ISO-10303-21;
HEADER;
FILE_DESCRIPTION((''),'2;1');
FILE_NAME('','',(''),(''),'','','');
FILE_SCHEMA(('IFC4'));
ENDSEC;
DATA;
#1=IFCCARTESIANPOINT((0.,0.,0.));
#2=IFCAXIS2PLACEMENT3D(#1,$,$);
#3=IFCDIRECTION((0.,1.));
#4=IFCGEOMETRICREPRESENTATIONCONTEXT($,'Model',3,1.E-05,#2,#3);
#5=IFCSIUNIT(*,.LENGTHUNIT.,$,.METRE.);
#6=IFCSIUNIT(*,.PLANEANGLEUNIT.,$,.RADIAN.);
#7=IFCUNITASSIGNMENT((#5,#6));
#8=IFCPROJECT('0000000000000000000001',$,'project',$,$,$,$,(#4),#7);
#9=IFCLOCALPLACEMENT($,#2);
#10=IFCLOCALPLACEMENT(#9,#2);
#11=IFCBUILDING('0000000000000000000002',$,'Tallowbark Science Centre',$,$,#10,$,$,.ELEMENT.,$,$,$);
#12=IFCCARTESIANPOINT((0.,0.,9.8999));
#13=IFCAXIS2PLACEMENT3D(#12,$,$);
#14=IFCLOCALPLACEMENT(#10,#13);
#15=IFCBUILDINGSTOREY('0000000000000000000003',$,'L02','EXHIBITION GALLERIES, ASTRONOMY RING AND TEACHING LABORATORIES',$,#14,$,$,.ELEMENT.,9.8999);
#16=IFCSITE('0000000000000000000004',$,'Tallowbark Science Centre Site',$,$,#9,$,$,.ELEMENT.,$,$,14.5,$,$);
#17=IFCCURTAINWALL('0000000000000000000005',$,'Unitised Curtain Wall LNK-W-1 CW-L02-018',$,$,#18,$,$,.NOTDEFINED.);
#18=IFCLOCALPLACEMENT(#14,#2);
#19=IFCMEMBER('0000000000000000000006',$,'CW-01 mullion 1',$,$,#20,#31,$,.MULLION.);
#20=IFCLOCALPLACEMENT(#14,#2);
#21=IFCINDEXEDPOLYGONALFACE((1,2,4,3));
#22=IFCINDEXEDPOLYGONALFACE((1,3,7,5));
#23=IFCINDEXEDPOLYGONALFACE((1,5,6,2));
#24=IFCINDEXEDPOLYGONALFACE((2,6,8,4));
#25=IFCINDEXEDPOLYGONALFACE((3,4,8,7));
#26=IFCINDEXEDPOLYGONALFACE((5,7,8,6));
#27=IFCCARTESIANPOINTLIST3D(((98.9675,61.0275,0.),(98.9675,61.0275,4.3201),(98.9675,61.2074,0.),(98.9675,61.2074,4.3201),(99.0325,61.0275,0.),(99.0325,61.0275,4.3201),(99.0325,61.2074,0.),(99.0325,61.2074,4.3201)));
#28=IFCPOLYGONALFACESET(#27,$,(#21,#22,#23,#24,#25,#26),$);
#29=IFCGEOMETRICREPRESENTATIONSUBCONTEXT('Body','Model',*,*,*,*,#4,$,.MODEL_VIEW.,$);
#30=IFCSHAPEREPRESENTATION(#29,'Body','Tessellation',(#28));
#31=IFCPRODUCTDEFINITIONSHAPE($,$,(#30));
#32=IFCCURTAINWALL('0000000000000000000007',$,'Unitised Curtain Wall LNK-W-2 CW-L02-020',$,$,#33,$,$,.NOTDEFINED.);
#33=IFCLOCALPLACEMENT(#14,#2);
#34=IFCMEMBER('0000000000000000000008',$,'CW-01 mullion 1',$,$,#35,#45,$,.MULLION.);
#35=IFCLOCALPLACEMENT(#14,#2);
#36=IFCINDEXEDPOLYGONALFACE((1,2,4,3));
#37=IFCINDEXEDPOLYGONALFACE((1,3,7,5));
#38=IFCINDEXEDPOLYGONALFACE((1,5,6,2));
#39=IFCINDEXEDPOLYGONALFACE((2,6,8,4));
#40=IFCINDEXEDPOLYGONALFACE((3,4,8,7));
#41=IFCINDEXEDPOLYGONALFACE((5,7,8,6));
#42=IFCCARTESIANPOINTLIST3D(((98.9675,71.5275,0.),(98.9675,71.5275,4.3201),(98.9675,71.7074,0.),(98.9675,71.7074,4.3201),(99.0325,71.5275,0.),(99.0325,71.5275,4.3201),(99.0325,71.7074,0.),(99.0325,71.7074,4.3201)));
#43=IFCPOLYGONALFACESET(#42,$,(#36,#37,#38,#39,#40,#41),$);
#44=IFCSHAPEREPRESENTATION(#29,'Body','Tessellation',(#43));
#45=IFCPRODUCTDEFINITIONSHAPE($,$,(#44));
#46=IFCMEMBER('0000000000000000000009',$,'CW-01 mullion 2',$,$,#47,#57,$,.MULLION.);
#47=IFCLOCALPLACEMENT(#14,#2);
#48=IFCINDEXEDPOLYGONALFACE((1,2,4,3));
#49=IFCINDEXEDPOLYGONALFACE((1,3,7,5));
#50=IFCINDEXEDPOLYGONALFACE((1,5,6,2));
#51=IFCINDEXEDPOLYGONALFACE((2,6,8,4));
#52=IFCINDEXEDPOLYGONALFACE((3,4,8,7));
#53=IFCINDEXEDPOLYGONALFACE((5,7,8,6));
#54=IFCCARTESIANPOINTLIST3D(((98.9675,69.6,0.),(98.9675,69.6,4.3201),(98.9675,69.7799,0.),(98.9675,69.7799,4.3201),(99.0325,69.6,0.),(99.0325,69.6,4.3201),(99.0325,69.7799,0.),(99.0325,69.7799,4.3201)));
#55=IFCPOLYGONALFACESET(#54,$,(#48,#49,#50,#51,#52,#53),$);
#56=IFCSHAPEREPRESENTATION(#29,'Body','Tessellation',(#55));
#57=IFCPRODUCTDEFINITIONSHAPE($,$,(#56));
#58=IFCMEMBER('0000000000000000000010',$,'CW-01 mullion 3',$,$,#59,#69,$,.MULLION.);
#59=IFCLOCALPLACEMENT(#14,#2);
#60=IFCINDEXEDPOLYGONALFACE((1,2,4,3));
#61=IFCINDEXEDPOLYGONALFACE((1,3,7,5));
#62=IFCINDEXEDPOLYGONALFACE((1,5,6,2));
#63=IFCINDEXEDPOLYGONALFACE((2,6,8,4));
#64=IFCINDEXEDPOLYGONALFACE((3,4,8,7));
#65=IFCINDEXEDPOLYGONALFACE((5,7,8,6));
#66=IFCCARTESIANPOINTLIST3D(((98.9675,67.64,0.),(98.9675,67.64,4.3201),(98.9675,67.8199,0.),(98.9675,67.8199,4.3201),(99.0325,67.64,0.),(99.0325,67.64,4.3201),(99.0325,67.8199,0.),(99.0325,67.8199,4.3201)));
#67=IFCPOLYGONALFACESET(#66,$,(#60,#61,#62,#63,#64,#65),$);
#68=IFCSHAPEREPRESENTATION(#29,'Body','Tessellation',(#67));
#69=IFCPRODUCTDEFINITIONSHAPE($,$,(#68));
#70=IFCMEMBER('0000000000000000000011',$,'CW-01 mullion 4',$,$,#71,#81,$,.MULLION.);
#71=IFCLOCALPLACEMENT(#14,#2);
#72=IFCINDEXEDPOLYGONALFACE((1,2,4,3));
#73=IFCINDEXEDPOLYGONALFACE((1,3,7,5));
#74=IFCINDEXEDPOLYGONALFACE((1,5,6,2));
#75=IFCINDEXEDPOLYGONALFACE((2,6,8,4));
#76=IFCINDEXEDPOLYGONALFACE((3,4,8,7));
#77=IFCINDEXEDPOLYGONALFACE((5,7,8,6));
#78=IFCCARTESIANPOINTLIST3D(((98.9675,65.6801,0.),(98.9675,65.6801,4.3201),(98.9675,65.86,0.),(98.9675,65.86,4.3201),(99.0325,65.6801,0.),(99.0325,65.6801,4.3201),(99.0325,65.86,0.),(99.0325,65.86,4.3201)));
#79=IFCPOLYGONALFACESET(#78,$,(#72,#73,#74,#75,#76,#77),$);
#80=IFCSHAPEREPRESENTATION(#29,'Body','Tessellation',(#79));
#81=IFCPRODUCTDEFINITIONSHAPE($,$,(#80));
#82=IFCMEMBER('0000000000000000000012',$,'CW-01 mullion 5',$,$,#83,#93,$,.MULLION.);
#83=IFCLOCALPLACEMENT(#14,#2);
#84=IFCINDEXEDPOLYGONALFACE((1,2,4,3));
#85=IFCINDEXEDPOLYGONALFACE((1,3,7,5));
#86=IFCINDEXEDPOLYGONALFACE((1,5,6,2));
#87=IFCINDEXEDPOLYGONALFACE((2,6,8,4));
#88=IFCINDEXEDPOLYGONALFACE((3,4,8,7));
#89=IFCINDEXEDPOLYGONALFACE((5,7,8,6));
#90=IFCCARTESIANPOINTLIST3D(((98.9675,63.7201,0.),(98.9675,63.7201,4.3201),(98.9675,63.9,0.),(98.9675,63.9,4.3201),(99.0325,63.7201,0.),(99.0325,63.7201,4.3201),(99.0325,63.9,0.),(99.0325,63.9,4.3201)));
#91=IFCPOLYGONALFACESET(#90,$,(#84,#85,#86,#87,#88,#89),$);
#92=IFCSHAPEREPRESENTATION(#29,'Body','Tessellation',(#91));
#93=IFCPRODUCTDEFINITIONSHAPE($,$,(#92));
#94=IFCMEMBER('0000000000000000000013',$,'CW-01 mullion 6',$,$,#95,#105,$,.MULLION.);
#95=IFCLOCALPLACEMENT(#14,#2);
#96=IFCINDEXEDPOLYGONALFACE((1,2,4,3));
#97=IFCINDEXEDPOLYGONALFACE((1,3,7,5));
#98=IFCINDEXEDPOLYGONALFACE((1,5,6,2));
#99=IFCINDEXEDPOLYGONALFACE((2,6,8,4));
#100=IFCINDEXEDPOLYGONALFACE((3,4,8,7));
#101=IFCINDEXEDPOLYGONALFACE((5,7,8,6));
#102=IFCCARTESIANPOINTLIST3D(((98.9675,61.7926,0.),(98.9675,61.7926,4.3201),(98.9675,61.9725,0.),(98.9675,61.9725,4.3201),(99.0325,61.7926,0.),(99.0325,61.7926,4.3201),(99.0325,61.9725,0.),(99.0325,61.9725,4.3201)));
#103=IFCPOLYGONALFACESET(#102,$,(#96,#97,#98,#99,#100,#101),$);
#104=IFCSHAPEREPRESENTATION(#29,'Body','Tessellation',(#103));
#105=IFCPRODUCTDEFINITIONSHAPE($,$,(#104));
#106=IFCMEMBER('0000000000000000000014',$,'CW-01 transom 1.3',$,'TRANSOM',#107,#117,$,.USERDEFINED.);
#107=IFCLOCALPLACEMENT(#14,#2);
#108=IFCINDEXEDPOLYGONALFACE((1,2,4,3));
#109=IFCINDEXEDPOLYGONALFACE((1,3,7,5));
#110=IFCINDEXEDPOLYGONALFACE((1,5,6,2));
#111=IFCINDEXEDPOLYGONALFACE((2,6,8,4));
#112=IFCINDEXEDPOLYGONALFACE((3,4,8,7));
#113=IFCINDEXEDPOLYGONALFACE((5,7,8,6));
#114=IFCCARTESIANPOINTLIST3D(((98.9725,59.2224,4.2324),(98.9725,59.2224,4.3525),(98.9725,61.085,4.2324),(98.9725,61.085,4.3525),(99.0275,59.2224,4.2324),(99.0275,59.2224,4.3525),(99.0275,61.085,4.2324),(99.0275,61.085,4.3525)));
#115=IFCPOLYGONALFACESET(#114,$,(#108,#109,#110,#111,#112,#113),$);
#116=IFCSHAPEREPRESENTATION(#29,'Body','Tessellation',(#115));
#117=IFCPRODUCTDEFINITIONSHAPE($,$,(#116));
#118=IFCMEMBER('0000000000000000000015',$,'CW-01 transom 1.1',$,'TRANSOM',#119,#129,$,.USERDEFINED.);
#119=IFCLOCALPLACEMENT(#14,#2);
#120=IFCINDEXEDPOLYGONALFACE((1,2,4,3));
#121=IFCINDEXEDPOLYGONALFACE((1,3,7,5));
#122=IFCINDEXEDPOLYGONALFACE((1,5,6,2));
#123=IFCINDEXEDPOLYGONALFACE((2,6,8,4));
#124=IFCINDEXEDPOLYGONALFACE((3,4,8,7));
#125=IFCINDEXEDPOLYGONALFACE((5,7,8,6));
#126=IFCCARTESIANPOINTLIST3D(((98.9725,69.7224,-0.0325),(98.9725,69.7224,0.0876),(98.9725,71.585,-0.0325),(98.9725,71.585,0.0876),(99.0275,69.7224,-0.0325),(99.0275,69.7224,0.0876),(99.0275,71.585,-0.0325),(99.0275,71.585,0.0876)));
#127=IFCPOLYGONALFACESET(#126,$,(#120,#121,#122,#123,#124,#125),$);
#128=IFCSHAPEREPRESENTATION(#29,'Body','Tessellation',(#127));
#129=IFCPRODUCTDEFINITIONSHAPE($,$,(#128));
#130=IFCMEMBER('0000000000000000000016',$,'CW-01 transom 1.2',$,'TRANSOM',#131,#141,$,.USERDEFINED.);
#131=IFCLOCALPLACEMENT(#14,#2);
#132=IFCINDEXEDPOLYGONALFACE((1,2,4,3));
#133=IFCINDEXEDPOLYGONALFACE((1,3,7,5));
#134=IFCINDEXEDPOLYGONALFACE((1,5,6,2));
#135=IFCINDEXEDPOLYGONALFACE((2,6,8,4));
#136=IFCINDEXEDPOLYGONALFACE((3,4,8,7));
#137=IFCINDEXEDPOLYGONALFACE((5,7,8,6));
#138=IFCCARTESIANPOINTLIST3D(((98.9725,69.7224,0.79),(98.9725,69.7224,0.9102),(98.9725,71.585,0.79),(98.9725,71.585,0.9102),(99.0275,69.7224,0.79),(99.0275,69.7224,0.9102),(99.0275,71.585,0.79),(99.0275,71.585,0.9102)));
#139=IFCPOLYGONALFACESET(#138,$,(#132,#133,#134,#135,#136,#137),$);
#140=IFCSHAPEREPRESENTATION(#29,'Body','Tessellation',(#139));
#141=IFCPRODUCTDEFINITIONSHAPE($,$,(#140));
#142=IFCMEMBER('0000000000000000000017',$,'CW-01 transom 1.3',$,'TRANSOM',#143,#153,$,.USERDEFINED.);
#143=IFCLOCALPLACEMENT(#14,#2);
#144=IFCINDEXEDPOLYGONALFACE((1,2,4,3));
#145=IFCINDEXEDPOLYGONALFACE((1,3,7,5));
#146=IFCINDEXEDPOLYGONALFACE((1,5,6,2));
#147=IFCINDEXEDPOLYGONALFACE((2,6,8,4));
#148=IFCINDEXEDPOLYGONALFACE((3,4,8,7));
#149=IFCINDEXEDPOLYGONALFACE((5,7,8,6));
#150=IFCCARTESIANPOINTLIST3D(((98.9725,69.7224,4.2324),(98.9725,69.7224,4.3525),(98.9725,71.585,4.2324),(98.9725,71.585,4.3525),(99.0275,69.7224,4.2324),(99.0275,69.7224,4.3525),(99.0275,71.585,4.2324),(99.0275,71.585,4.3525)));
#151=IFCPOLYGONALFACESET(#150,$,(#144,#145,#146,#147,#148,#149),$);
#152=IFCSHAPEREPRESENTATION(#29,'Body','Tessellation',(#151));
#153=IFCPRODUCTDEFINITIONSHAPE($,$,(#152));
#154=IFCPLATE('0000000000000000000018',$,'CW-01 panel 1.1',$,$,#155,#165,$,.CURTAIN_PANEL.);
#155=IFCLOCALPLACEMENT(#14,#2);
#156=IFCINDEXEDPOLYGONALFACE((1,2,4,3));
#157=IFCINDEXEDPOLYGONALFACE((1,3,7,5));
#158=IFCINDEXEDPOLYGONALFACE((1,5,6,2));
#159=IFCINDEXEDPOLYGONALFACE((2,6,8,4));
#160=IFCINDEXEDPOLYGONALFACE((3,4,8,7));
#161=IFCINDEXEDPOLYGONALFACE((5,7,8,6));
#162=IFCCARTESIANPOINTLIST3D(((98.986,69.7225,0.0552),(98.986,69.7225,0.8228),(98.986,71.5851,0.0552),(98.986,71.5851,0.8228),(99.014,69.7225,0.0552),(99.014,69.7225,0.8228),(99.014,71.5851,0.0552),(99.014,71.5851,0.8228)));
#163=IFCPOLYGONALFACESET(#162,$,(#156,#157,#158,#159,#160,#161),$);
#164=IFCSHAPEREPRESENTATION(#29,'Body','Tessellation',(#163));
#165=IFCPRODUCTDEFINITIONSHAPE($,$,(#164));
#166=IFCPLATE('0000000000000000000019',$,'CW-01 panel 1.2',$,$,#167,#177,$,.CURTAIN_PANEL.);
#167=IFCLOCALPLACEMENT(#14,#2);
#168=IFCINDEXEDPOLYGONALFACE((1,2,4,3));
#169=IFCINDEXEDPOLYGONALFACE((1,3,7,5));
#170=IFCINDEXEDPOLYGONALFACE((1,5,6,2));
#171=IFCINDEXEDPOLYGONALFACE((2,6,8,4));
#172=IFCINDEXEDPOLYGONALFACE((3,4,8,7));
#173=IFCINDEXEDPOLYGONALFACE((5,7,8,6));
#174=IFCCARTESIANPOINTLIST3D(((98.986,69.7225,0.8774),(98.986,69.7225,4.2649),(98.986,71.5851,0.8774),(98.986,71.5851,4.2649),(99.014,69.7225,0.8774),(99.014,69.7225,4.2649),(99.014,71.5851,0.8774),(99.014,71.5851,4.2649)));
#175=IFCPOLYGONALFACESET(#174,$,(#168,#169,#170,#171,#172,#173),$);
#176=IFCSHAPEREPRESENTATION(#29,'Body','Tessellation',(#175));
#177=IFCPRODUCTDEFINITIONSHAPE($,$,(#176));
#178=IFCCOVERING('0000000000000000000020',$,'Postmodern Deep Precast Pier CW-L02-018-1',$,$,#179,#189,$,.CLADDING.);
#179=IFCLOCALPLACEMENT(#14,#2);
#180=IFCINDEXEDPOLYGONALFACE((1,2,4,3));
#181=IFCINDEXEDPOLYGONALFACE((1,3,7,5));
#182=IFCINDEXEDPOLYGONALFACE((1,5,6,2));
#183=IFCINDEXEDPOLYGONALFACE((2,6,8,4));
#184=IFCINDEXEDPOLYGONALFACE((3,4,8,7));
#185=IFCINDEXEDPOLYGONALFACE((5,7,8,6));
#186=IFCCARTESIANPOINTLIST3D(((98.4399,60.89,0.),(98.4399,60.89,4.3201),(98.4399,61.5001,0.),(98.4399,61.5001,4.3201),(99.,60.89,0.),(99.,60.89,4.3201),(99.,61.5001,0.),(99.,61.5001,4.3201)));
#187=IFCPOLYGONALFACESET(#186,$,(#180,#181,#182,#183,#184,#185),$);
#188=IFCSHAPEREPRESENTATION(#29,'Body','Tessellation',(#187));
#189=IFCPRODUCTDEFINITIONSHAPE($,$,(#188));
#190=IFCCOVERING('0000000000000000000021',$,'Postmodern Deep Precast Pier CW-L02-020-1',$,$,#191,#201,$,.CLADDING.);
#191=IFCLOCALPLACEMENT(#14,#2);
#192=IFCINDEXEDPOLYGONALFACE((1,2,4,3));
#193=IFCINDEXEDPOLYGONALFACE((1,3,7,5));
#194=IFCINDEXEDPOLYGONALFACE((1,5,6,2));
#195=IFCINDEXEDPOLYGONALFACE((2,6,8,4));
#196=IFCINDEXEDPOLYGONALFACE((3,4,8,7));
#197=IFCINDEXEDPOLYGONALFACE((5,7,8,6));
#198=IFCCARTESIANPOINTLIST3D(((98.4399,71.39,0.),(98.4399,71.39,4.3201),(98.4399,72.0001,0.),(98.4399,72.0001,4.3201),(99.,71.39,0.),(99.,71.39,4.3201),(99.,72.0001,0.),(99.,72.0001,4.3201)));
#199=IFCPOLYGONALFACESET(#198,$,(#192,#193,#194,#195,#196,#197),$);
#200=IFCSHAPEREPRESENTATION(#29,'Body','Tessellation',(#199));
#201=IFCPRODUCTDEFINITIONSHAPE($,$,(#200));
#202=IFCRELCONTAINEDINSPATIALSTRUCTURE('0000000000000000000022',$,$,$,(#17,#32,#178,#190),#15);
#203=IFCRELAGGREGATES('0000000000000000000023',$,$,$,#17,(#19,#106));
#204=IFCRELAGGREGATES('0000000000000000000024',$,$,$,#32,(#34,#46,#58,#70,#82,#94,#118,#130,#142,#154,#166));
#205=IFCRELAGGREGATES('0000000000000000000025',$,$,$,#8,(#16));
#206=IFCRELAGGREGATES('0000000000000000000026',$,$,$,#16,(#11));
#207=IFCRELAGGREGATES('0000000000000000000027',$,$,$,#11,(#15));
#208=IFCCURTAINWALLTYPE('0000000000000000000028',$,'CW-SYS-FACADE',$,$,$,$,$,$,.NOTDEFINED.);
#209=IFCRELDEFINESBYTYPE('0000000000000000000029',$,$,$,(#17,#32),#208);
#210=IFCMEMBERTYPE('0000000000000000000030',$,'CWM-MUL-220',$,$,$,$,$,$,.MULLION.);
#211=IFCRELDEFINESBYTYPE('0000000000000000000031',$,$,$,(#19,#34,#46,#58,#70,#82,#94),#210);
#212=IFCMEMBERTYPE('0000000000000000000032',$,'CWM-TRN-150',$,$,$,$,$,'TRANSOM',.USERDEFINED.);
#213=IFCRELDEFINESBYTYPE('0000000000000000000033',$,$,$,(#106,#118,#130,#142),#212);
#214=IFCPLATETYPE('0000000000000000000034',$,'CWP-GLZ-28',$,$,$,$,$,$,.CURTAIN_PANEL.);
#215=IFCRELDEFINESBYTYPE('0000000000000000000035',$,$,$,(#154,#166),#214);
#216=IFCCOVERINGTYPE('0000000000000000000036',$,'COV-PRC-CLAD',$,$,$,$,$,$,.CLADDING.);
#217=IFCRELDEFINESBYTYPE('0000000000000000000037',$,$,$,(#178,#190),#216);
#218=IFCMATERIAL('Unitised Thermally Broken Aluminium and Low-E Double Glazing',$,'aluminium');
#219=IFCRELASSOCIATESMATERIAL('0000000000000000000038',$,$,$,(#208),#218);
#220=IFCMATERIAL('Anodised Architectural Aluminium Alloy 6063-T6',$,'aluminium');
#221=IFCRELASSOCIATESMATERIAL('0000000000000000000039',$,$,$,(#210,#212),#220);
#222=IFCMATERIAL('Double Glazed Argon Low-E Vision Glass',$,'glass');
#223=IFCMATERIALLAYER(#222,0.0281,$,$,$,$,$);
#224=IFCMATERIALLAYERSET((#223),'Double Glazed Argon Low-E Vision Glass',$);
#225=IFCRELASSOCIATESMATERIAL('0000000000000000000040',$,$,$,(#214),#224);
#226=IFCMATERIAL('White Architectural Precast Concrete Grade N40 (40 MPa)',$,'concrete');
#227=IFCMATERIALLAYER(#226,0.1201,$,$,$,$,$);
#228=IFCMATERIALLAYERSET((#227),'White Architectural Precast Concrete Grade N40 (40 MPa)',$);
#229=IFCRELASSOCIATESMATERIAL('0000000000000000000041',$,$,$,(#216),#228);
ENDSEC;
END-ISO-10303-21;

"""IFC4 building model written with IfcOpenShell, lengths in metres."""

from ifc_helpers import new_model, si_unit, direction, frame, origin, origin_2d, place, context, subcontext, project, spatial, rectangle, extrude, material, layer, layer_set, material_profile, profile_set, type_object, element, aggregate, save


model = new_model("IFC4")

# Units and contexts
model_context = context("Model", 3, precision=1e-05, world=origin(), true_north=direction((0.0, 1.0)))
body_context = subcontext(model_context, "Body", "Model", "MODEL_VIEW")
ifc_project = project(units=[si_unit("LENGTHUNIT", "METRE"), si_unit("PLANEANGLEUNIT", "RADIAN")], contexts=[model_context])

# Site, building, storey
site_placement = place(None, origin())
site = spatial("IfcSite", under=ifc_project, at=site_placement, Name="Tallowbark Science Centre Site", CompositionType="ELEMENT", RefElevation=14.5)
building_placement = place(site_placement, origin())
building = spatial("IfcBuilding", under=site, at=building_placement, Name="Tallowbark Science Centre", CompositionType="ELEMENT")
storey_placement = place(building_placement, frame((0.0, 0.0, 9.8999)))
storey = spatial("IfcBuildingStorey", under=building, at=storey_placement, Name="L02", Description="EXHIBITION GALLERIES, ASTRONOMY RING AND TEACHING LABORATORIES", CompositionType="ELEMENT", Elevation=9.8999)

# Curtain wall, member
ifc_material_1 = material(Name="Unitised Thermally Broken Aluminium and Low-E Double Glazing", Category="aluminium")
curtain_wall_type = type_object("IfcCurtainWallType", Name="CW-SYS-FACADE", PredefinedType="NOTDEFINED", material=ifc_material_1)
curtain_wall_1_placement = place(storey_placement, origin())
curtain_wall_1 = element("IfcCurtainWall", 1, at=curtain_wall_1_placement, inside=storey, type_object=curtain_wall_type, Name="Unitised Curtain Wall LNK-W-1 CW-L02-018", PredefinedType="NOTDEFINED")
ifc_material_2 = material(Name="Anodised Architectural Aluminium Alloy 6063-T6", Category="aluminium")
ifc_material_profile_1 = material_profile(ifc_material_2, rectangle(XDim=0.0649, YDim=0.1799, at=origin_2d()), Name="ALU65x180")
ifc_profile_set_1 = profile_set([ifc_material_profile_1], Name="Anodised Architectural Aluminium Alloy 6063-T6")
member_type_1 = type_object("IfcMemberType", Name="CWM-MUL-220", PredefinedType="MULLION", material=ifc_profile_set_1)
member_1_placement = place(storey_placement, frame((99.0, 61.1174, 0.0), z_axis=(0.0, 0.0, 1.0), x_axis=(1.0, 0.0, 0.0)))
member_1 = element("IfcMember", 2, at=member_1_placement, type_object=member_type_1, Name="CW-01 mullion 1", PredefinedType="MULLION", context=body_context, shape_type="SweptSolid", body=[
    extrude(rectangle(XDim=0.0649, YDim=0.1799, at=origin_2d()), origin(), (0.0, 0.0, 1.0), 4.3201),
])

# Curtain wall, members
curtain_wall_2_placement = place(storey_placement, origin())
curtain_wall_2 = element("IfcCurtainWall", 3, at=curtain_wall_2_placement, inside=storey, type_object=curtain_wall_type, Name="Unitised Curtain Wall LNK-W-2 CW-L02-020", PredefinedType="NOTDEFINED")
member_2_placement = place(storey_placement, frame((99.0, 71.6174, 0.0), z_axis=(0.0, 0.0, 1.0), x_axis=(1.0, 0.0, 0.0)))
member_2 = element("IfcMember", 4, at=member_2_placement, type_object=member_type_1, Name="CW-01 mullion 1", PredefinedType="MULLION", context=body_context, shape_type="SweptSolid", body=[
    extrude(rectangle(XDim=0.0649, YDim=0.1799, at=origin_2d()), origin(), (0.0, 0.0, 1.0), 4.3201),
])
member_3_placement = place(storey_placement, frame((99.0, 69.6899, 0.0), z_axis=(0.0, 0.0, 1.0), x_axis=(1.0, 0.0, 0.0)))
member_3 = element("IfcMember", 5, at=member_3_placement, type_object=member_type_1, Name="CW-01 mullion 2", PredefinedType="MULLION", context=body_context, shape_type="SweptSolid", body=[
    extrude(rectangle(XDim=0.0649, YDim=0.1799, at=origin_2d()), origin(), (0.0, 0.0, 1.0), 4.3201),
])
member_4_placement = place(storey_placement, frame((99.0, 67.73, 0.0), z_axis=(0.0, 0.0, 1.0), x_axis=(1.0, 0.0, 0.0)))
member_4 = element("IfcMember", 6, at=member_4_placement, type_object=member_type_1, Name="CW-01 mullion 3", PredefinedType="MULLION", context=body_context, shape_type="SweptSolid", body=[
    extrude(rectangle(XDim=0.0649, YDim=0.1799, at=origin_2d()), origin(), (0.0, 0.0, 1.0), 4.3201),
])
member_5_placement = place(storey_placement, frame((99.0, 65.77, 0.0), z_axis=(0.0, 0.0, 1.0), x_axis=(1.0, 0.0, 0.0)))
member_5 = element("IfcMember", 7, at=member_5_placement, type_object=member_type_1, Name="CW-01 mullion 4", PredefinedType="MULLION", context=body_context, shape_type="SweptSolid", body=[
    extrude(rectangle(XDim=0.0649, YDim=0.1799, at=origin_2d()), origin(), (0.0, 0.0, 1.0), 4.3201),
])
member_6_placement = place(storey_placement, frame((99.0, 63.8101, 0.0), z_axis=(0.0, 0.0, 1.0), x_axis=(1.0, 0.0, 0.0)))
member_6 = element("IfcMember", 8, at=member_6_placement, type_object=member_type_1, Name="CW-01 mullion 5", PredefinedType="MULLION", context=body_context, shape_type="SweptSolid", body=[
    extrude(rectangle(XDim=0.0649, YDim=0.1799, at=origin_2d()), origin(), (0.0, 0.0, 1.0), 4.3201),
])
member_7_placement = place(storey_placement, frame((99.0, 61.8826, 0.0), z_axis=(0.0, 0.0, 1.0), x_axis=(1.0, 0.0, 0.0)))
member_7 = element("IfcMember", 9, at=member_7_placement, type_object=member_type_1, Name="CW-01 mullion 6", PredefinedType="MULLION", context=body_context, shape_type="SweptSolid", body=[
    extrude(rectangle(XDim=0.0649, YDim=0.1799, at=origin_2d()), origin(), (0.0, 0.0, 1.0), 4.3201),
])

# Members
ifc_material_profile_2 = material_profile(ifc_material_2, rectangle(XDim=0.0549, YDim=0.1201, at=origin_2d()), Name="ALU55x120")
ifc_profile_set_2 = profile_set([ifc_material_profile_2], Name="Anodised Architectural Aluminium Alloy 6063-T6")
member_type_2 = type_object("IfcMemberType", Name="CWM-TRN-150", ElementType="TRANSOM", PredefinedType="USERDEFINED", material=ifc_profile_set_2)
member_8_placement = place(storey_placement, frame((99.0, 61.085, 4.2925), z_axis=(0.0, -1.0, 0.0), x_axis=(1.0, 0.0, 0.0)))
member_8 = element("IfcMember", 10, at=member_8_placement, type_object=member_type_2, Name="CW-01 transom 1.3", ObjectType="TRANSOM", PredefinedType="USERDEFINED", context=body_context, shape_type="SweptSolid", body=[
    extrude(rectangle(XDim=0.0549, YDim=0.1201, at=origin_2d()), origin(), (0.0, 0.0, 1.0), 1.8625),
])
aggregate(curtain_wall_1, [member_1, member_8])
member_9_placement = place(storey_placement, frame((99.0, 71.585, 0.0276), z_axis=(0.0, -1.0, 0.0), x_axis=(1.0, 0.0, 0.0)))
member_9 = element("IfcMember", 11, at=member_9_placement, type_object=member_type_2, Name="CW-01 transom 1.1", ObjectType="TRANSOM", PredefinedType="USERDEFINED", context=body_context, shape_type="SweptSolid", body=[
    extrude(rectangle(XDim=0.0549, YDim=0.1201, at=origin_2d()), origin(), (0.0, 0.0, 1.0), 1.8625),
])
member_10_placement = place(storey_placement, frame((99.0, 71.585, 0.8501), z_axis=(0.0, -1.0, 0.0), x_axis=(1.0, 0.0, 0.0)))
member_10 = element("IfcMember", 12, at=member_10_placement, type_object=member_type_2, Name="CW-01 transom 1.2", ObjectType="TRANSOM", PredefinedType="USERDEFINED", context=body_context, shape_type="SweptSolid", body=[
    extrude(rectangle(XDim=0.0549, YDim=0.1201, at=origin_2d()), origin(), (0.0, 0.0, 1.0), 1.8625),
])
member_11_placement = place(storey_placement, frame((99.0, 71.585, 4.2925), z_axis=(0.0, -1.0, 0.0), x_axis=(1.0, 0.0, 0.0)))
member_11 = element("IfcMember", 13, at=member_11_placement, type_object=member_type_2, Name="CW-01 transom 1.3", ObjectType="TRANSOM", PredefinedType="USERDEFINED", context=body_context, shape_type="SweptSolid", body=[
    extrude(rectangle(XDim=0.0549, YDim=0.1201, at=origin_2d()), origin(), (0.0, 0.0, 1.0), 1.8625),
])

# Plates
ifc_material_3 = material(Name="Double Glazed Argon Low-E Vision Glass", Category="glass")
ifc_layer_1 = layer(ifc_material_3, 0.0281)
ifc_layer_set_1 = layer_set([ifc_layer_1], Name="Double Glazed Argon Low-E Vision Glass")
plate_type = type_object("IfcPlateType", Name="CWP-GLZ-28", PredefinedType="CURTAIN_PANEL", material=ifc_layer_set_1)
plate_1_placement = place(storey_placement, frame((99.0, 70.6538, 0.0552), z_axis=(0.0, 0.0, 1.0), x_axis=(0.0, -1.0, 0.0)))
plate_1 = element("IfcPlate", 14, at=plate_1_placement, type_object=plate_type, Name="CW-01 panel 1.1", PredefinedType="CURTAIN_PANEL", context=body_context, shape_type="SweptSolid", body=[
    extrude(rectangle(XDim=1.8625, YDim=0.0281, at=origin_2d()), origin(), (0.0, 0.0, 1.0), 0.7676),
])
plate_2_placement = place(storey_placement, frame((99.0, 70.6538, 0.8774), z_axis=(0.0, 0.0, 1.0), x_axis=(0.0, -1.0, 0.0)))
plate_2 = element("IfcPlate", 15, at=plate_2_placement, type_object=plate_type, Name="CW-01 panel 1.2", PredefinedType="CURTAIN_PANEL", context=body_context, shape_type="SweptSolid", body=[
    extrude(rectangle(XDim=1.8625, YDim=0.0281, at=origin_2d()), origin(), (0.0, 0.0, 1.0), 3.3875),
])
aggregate(curtain_wall_2, [member_2, member_3, member_4, member_5, member_6, member_7, member_9, member_10, member_11, plate_1, plate_2])

# Coverings
ifc_material_4 = material(Name="White Architectural Precast Concrete Grade N40 (40 MPa)", Category="concrete")
ifc_layer_2 = layer(ifc_material_4, 0.1201)
ifc_layer_set_2 = layer_set([ifc_layer_2], Name="White Architectural Precast Concrete Grade N40 (40 MPa)")
covering_type_1 = type_object("IfcCoveringType", Name="COV-PRC-CLAD", PredefinedType="CLADDING", material=ifc_layer_set_2)
for number, where, z_axis, x_axis, name in (
    (16, (98.72, 61.1951, 0.0), (0.0, 0.0, 1.0), (0.0, -1.0, 0.0), "Postmodern Deep Precast Pier CW-L02-018-1"),
    (17, (98.72, 71.6951, 0.0), (0.0, 0.0, 1.0), (0.0, -1.0, 0.0), "Postmodern Deep Precast Pier CW-L02-020-1"),
):
    element("IfcCovering", number, at=place(storey_placement, frame(where, z_axis=z_axis, x_axis=x_axis)), inside=storey, type_object=covering_type_1, Name=name, PredefinedType="CLADDING", context=body_context, shape_type="SweptSolid", body=[
        extrude(rectangle(XDim=0.6101, YDim=0.5601, at=origin_2d()), origin(), (0.0, 0.0, 1.0), 4.3201),
    ])

save(model, "model.ifc")
